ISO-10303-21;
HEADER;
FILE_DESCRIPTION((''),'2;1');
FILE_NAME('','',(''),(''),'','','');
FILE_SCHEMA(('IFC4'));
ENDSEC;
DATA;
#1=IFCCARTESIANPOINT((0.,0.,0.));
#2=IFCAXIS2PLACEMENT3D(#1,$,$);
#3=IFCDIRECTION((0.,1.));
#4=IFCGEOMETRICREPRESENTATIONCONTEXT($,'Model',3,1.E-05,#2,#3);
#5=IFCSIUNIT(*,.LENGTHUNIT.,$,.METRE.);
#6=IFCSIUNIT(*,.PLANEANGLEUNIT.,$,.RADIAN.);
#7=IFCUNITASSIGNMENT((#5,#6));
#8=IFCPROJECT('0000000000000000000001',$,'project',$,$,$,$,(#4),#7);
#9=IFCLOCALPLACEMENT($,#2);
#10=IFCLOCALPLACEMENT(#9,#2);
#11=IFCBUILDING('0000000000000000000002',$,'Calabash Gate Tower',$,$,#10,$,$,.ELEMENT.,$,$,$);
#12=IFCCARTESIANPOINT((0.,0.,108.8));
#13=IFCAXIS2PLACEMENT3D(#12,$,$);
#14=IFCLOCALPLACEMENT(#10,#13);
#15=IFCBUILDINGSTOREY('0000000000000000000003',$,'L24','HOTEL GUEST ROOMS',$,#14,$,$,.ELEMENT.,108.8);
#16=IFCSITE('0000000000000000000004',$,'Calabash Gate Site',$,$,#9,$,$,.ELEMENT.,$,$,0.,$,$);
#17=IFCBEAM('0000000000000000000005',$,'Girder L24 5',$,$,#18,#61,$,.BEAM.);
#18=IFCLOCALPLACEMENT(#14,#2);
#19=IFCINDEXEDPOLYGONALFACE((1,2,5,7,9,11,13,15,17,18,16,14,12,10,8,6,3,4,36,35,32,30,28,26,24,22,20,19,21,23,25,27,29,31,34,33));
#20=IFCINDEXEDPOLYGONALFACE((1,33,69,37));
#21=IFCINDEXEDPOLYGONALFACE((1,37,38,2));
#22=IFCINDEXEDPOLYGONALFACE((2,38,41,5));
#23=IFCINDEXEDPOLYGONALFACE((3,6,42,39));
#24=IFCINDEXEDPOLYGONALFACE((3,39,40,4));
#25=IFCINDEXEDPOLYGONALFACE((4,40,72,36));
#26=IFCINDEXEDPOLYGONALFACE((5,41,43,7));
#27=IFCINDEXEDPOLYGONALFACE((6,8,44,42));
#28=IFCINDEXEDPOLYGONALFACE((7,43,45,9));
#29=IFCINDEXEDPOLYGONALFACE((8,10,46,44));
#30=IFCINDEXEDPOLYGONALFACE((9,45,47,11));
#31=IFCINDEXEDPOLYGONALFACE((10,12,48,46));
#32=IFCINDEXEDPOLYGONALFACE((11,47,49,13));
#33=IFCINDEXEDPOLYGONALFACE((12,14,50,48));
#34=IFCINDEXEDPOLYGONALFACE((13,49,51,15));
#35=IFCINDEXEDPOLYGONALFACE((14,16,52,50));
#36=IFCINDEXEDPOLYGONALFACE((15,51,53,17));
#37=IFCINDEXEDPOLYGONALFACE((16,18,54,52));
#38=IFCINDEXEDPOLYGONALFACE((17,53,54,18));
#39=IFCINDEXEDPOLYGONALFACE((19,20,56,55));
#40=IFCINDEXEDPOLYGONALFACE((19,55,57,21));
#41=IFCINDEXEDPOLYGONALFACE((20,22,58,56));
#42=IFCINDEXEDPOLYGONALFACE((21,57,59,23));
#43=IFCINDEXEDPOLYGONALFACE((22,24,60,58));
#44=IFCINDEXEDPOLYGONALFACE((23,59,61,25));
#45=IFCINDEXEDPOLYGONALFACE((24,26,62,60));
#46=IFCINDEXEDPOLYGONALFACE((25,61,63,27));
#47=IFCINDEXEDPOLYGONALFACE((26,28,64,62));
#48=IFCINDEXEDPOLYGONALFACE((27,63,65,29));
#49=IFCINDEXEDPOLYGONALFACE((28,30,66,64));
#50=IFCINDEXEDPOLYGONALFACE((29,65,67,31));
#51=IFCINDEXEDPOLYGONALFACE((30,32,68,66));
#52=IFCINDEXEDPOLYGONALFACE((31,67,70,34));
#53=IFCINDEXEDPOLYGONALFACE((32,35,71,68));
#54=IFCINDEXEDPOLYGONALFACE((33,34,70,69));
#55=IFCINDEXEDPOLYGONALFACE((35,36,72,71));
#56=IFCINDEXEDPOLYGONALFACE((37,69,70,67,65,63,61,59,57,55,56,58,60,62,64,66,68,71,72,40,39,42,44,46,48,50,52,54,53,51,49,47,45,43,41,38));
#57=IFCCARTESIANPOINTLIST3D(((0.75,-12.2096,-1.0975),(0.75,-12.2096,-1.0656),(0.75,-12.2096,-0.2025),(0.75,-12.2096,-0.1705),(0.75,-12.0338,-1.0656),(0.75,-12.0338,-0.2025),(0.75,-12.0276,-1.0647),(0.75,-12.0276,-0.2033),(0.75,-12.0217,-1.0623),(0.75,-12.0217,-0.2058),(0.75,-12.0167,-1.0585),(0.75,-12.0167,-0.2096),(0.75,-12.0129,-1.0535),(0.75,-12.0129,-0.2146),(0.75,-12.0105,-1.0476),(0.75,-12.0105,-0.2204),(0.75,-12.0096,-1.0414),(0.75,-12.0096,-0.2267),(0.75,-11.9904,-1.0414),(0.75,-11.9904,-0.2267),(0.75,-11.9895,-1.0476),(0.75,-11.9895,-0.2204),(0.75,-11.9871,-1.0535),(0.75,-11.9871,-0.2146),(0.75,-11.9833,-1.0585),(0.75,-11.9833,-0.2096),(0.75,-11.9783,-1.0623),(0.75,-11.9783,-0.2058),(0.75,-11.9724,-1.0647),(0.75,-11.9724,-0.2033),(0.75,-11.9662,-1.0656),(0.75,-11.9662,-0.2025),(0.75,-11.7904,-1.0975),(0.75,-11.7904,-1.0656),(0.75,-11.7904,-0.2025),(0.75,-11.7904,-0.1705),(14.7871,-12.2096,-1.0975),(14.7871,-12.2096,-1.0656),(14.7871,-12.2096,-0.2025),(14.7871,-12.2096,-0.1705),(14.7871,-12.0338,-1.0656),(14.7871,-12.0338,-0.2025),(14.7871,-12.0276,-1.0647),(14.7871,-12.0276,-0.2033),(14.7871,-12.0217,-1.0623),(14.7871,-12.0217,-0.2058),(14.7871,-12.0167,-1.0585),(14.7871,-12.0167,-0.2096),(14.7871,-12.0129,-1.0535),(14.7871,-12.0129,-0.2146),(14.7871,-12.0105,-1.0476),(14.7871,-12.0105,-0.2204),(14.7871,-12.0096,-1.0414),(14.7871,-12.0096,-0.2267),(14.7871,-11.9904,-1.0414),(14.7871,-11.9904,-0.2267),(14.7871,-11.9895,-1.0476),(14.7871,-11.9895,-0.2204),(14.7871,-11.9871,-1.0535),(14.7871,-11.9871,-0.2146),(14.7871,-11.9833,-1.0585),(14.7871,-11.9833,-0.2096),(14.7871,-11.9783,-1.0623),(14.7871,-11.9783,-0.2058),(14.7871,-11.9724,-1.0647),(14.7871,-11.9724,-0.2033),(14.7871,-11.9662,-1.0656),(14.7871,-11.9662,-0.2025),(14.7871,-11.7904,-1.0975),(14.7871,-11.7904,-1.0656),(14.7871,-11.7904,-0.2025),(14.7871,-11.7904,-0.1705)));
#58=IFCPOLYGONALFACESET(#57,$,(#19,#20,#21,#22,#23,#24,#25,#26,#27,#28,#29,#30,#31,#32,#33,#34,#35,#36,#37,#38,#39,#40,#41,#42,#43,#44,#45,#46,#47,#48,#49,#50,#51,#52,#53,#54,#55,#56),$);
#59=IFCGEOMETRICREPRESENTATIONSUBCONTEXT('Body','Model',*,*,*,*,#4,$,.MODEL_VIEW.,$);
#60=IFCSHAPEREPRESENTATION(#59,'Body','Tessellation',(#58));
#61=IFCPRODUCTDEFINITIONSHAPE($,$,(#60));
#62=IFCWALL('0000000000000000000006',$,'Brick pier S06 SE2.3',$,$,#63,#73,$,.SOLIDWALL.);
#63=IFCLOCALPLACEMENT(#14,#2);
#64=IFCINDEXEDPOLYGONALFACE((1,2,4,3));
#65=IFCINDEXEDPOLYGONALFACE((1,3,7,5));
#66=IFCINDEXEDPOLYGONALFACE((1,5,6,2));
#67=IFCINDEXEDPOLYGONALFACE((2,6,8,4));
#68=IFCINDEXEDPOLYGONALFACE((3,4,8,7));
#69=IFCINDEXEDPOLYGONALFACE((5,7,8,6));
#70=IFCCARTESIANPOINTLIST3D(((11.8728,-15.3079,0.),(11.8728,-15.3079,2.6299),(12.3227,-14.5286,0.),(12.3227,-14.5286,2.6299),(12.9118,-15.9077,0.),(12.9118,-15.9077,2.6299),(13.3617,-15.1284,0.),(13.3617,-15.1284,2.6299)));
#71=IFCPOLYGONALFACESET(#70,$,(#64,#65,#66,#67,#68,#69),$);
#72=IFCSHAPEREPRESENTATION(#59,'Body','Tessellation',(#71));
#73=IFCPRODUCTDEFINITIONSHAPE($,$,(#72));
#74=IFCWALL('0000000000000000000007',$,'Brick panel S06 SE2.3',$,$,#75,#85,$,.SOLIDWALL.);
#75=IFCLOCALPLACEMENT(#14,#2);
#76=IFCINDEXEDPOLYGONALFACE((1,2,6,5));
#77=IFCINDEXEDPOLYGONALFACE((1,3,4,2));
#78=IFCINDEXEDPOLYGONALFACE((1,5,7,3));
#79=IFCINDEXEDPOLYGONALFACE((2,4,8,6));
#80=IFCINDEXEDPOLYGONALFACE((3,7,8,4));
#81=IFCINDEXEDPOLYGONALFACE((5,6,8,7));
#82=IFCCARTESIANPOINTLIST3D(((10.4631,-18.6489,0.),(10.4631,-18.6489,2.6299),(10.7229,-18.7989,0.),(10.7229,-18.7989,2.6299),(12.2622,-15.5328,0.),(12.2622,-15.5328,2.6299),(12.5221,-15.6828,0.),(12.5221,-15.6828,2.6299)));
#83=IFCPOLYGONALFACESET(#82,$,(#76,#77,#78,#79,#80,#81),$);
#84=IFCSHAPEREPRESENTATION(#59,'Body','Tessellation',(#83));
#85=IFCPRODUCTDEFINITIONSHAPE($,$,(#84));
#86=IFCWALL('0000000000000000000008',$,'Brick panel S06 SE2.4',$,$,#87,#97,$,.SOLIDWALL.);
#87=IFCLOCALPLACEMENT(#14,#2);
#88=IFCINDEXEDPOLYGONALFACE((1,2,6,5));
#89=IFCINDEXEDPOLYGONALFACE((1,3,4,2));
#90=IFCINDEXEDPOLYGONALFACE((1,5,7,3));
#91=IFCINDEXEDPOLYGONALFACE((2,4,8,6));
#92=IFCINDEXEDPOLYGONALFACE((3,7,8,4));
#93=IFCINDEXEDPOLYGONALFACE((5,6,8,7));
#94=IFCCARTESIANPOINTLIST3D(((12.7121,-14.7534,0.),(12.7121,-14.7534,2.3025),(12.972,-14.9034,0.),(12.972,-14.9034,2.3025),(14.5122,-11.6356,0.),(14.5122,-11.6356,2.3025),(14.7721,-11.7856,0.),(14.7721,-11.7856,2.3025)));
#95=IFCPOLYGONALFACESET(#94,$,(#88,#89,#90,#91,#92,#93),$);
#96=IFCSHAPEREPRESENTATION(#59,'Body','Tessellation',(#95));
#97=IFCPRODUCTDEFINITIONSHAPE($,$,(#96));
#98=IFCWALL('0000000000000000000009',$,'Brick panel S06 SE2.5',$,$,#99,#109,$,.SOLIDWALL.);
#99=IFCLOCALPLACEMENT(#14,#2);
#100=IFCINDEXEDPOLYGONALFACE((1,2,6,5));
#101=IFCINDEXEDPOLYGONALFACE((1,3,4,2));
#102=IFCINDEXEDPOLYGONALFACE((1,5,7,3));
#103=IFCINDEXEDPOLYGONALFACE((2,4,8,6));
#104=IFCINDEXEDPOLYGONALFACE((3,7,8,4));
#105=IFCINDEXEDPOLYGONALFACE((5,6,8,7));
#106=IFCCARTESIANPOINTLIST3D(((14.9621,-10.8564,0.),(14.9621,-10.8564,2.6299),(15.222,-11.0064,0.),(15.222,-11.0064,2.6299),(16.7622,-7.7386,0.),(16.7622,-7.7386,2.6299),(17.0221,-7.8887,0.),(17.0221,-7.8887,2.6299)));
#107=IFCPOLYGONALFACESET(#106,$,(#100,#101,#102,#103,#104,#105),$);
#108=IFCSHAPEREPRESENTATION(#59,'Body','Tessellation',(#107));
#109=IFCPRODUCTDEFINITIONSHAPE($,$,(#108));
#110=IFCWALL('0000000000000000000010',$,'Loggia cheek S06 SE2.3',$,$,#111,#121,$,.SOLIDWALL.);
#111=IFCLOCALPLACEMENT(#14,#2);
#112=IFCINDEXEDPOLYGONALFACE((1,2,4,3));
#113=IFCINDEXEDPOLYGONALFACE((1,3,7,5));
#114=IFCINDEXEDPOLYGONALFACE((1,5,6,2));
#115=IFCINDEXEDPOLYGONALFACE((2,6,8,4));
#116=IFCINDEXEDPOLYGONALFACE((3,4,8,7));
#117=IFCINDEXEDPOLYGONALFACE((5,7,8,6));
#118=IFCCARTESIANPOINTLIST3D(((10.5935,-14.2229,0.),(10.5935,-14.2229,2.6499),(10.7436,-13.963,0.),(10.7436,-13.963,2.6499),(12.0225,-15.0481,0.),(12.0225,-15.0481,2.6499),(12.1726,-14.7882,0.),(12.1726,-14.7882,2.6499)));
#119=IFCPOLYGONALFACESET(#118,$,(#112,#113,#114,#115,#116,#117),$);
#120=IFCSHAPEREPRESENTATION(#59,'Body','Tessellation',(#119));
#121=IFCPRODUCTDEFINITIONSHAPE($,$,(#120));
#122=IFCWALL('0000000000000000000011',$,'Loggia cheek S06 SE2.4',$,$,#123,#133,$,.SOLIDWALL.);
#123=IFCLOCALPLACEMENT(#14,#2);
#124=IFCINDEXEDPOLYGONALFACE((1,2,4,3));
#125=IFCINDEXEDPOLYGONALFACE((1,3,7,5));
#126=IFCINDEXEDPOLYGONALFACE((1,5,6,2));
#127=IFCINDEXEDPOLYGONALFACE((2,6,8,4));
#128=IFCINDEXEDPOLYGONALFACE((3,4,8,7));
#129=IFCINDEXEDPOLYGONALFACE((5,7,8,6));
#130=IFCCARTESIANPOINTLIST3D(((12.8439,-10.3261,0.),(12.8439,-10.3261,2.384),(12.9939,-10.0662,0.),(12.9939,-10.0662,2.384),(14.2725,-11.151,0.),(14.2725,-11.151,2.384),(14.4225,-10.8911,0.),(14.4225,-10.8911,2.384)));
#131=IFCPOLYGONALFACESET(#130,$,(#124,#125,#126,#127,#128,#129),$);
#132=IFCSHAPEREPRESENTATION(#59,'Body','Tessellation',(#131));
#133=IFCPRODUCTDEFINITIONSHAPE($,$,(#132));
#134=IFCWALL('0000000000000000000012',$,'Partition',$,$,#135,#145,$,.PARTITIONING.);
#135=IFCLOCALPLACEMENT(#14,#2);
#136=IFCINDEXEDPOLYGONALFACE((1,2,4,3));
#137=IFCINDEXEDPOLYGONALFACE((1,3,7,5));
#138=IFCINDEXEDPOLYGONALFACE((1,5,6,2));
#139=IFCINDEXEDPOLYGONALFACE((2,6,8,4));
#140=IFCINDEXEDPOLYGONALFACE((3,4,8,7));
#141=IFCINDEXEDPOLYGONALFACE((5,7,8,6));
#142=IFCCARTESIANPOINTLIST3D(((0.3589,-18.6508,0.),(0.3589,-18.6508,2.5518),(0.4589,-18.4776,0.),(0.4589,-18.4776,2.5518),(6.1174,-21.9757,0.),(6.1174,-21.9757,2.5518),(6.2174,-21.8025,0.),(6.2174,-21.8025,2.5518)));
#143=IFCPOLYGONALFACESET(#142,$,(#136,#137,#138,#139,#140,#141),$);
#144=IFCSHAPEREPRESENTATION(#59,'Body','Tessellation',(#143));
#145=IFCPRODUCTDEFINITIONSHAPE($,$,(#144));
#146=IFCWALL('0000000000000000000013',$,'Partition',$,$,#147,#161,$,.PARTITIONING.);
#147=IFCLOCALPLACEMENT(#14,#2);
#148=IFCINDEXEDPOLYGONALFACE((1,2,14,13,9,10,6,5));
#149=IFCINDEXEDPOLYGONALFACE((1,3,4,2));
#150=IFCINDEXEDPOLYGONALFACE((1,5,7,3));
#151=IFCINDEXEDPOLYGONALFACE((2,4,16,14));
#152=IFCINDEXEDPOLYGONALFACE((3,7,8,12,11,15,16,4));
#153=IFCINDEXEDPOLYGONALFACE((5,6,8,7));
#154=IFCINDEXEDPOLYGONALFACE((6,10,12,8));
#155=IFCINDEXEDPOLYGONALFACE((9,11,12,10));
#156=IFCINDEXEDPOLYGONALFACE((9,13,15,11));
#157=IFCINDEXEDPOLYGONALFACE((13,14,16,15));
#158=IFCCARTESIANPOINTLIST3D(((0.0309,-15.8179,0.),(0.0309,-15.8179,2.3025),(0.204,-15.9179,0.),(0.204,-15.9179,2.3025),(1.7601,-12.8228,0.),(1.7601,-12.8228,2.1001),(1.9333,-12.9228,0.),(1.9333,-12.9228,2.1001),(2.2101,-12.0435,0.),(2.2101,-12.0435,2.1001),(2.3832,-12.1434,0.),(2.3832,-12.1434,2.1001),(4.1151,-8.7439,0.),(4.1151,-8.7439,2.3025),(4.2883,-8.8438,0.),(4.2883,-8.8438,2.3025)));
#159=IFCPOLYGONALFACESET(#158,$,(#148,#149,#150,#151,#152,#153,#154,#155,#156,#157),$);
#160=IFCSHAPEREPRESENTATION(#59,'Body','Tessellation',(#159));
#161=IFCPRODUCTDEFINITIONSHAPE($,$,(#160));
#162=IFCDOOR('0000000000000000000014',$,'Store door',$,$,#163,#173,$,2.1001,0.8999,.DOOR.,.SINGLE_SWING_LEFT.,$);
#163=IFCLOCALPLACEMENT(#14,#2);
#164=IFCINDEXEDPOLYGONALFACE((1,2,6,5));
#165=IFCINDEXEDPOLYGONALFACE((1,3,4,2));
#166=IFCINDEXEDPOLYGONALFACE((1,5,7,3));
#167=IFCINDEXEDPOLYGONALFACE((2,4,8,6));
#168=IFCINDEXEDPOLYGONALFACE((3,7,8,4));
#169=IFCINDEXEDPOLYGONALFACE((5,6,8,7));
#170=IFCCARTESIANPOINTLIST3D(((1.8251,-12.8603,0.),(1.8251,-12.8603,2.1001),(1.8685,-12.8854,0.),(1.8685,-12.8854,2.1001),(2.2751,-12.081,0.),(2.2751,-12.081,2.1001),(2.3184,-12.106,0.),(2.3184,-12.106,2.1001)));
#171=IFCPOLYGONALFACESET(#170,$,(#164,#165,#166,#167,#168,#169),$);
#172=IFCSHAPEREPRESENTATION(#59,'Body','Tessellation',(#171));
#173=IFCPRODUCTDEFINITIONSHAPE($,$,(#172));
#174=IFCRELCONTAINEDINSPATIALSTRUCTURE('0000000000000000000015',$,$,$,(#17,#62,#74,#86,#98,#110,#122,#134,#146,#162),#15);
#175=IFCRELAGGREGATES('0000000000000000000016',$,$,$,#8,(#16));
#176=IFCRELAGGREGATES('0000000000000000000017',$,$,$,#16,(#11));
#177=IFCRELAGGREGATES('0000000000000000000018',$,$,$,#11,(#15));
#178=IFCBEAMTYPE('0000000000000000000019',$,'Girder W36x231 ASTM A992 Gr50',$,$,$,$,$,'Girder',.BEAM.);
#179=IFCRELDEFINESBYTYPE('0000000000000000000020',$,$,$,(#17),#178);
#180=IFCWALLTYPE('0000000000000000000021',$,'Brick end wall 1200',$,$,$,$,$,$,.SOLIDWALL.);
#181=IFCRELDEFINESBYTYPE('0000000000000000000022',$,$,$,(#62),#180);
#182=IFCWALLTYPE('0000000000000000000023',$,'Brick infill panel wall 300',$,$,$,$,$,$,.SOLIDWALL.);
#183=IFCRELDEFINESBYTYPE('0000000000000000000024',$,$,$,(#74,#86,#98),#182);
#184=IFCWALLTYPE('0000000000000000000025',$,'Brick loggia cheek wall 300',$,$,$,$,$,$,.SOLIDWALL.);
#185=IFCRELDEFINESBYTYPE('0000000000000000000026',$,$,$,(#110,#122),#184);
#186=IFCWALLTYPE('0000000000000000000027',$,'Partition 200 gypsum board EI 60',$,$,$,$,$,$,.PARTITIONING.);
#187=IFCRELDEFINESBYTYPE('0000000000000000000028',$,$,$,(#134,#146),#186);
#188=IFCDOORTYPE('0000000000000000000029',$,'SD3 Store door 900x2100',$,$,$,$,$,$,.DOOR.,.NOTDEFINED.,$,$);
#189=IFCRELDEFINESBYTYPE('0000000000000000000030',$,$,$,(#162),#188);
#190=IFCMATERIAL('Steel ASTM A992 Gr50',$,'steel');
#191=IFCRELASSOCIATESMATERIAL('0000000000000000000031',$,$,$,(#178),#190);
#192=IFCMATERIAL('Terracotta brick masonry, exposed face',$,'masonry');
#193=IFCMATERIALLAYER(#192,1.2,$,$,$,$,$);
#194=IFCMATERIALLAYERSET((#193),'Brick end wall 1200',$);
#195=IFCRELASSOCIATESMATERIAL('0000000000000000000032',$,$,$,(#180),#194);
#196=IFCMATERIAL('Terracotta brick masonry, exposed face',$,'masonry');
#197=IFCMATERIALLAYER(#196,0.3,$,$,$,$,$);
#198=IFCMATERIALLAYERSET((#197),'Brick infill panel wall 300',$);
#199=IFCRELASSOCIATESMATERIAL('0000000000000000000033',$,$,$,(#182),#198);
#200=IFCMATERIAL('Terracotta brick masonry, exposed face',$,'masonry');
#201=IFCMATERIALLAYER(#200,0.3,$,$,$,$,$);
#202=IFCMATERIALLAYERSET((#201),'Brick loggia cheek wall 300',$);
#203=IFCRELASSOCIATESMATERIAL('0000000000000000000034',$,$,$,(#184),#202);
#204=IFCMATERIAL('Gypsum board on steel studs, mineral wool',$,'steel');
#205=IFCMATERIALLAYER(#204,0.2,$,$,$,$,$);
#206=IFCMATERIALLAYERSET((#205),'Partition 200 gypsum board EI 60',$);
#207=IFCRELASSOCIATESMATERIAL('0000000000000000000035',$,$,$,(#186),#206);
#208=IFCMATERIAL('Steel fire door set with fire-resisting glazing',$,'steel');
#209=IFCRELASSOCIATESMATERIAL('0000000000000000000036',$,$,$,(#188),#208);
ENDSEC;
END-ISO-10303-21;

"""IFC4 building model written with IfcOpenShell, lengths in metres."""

from ifc_helpers import new_model, si_unit, direction, frame, frame_2d, origin, origin_2d, place, context, subcontext, project, spatial, rectangle, i_section, extrude, material, layer, layer_set, material_profile, profile_set, type_object, element, fill, save


model = new_model("IFC4")

# Units and contexts
model_context = context("Model", 3, precision=1e-05, world=origin(), true_north=direction((0.0, 1.0)))
body_context = subcontext(model_context, "Body", "Model", "MODEL_VIEW")
ifc_project = project(units=[si_unit("LENGTHUNIT", "METRE"), si_unit("PLANEANGLEUNIT", "RADIAN")], contexts=[model_context])

# Site, building, storey
site_placement = place(None, origin())
site = spatial("IfcSite", under=ifc_project, at=site_placement, Name="Calabash Gate Site", CompositionType="ELEMENT", RefElevation=0.0)
building_placement = place(site_placement, origin())
building = spatial("IfcBuilding", under=site, at=building_placement, Name="Calabash Gate Tower", CompositionType="ELEMENT")
storey_placement = place(building_placement, frame((0.0, 0.0, 108.8)))
storey = spatial("IfcBuildingStorey", under=building, at=storey_placement, Name="L24", Description="HOTEL GUEST ROOMS", CompositionType="ELEMENT", Elevation=108.8)

# Beam
ifc_material_1 = material(Name="Steel ASTM A992 Gr50", Category="steel")
ifc_material_profile_1 = material_profile(ifc_material_1, i_section(OverallWidth=0.4192, OverallDepth=0.927, WebThickness=0.0193, FlangeThickness=0.032, FilletRadius=0.0242, at=origin_2d()))
ifc_profile_set_1 = profile_set([ifc_material_profile_1], Name="Steel ASTM A992 Gr50")
beam_type_1 = type_object("IfcBeamType", Name="Girder W36x231 ASTM A992 Gr50", ElementType="Girder", PredefinedType="BEAM", material=ifc_profile_set_1)
beam_1_placement = place(storey_placement, frame((0.75, -12.0, -0.634), z_axis=(1.0, 0.0, 0.0), x_axis=(0.0, 1.0, 0.0)))
element("IfcBeam", 1, at=beam_1_placement, inside=storey, type_object=beam_type_1, Name="Girder L24 5", PredefinedType="BEAM", context=body_context, shape_type="SweptSolid", body=[
    extrude(i_section(OverallWidth=0.4192, OverallDepth=0.927, WebThickness=0.0193, FlangeThickness=0.032, FilletRadius=0.0242, at=origin_2d()), origin(), (0.0, 0.0, 1.0), 14.0371),
])

# Walls
ifc_material_2 = material(Name="Terracotta brick masonry, exposed face", Category="masonry")
ifc_layer_1 = layer(ifc_material_2, 1.2)
ifc_layer_set_1 = layer_set([ifc_layer_1], Name="Brick end wall 1200")
wall_type_1 = type_object("IfcWallType", Name="Brick end wall 1200", PredefinedType="SOLIDWALL", material=ifc_layer_set_1)
wall_1_placement = place(storey_placement, frame((13.1367, -15.5181, 0.0), z_axis=(0.0, 0.0, 1.0), x_axis=(-0.866043, 0.499969, 0.0)))
element("IfcWall", 2, at=wall_1_placement, inside=storey, type_object=wall_type_1, Name="Brick pier S06 SE2.3", PredefinedType="SOLIDWALL", context=body_context, shape_type="SweptSolid", body=[
    extrude(rectangle(XDim=1.1997, YDim=0.8999, at=frame_2d((0.5999, 0.0))), origin(), (0.0, 0.0, 1.0), 2.6299),
])
ifc_material_3 = material(Name="Terracotta brick masonry, exposed face", Category="masonry")
ifc_layer_2 = layer(ifc_material_3, 0.3)
ifc_layer_set_2 = layer_set([ifc_layer_2], Name="Brick infill panel wall 300")
wall_type_2 = type_object("IfcWallType", Name="Brick infill panel wall 300", PredefinedType="SOLIDWALL", material=ifc_layer_set_2)
wall_2_placement = place(storey_placement, frame((10.593, -18.7239, 0.0), z_axis=(0.0, 0.0, 1.0), x_axis=(0.500014, 0.866017, 0.0)))
element("IfcWall", 3, at=wall_2_placement, inside=storey, type_object=wall_type_2, Name="Brick panel S06 SE2.3", PredefinedType="SOLIDWALL", context=body_context, shape_type="SweptSolid", body=[
    extrude(rectangle(XDim=3.5981, YDim=0.3, at=frame_2d((1.7991, 0.0))), origin(), (0.0, 0.0, 1.0), 2.6299),
])
wall_3_placement = place(storey_placement, frame((12.842, -14.8284, 0.0), z_axis=(0.0, 0.0, 1.0), x_axis=(0.500012, 0.866018, 0.0)))
element("IfcWall", 4, at=wall_3_placement, inside=storey, type_object=wall_type_2, Name="Brick panel S06 SE2.4", PredefinedType="SOLIDWALL", context=body_context, shape_type="SweptSolid", body=[
    extrude(rectangle(XDim=3.6001, YDim=0.3, at=frame_2d((1.8, 0.0))), origin(), (0.0, 0.0, 1.0), 2.3025),
])
wall_4_placement = place(storey_placement, frame((15.092, -10.9314, 0.0), z_axis=(0.0, 0.0, 1.0), x_axis=(0.500012, 0.866018, 0.0)))
element("IfcWall", 5, at=wall_4_placement, inside=storey, type_object=wall_type_2, Name="Brick panel S06 SE2.5", PredefinedType="SOLIDWALL", context=body_context, shape_type="SweptSolid", body=[
    extrude(rectangle(XDim=3.6001, YDim=0.3, at=frame_2d((1.8, 0.0))), origin(), (0.0, 0.0, 1.0), 2.6299),
])
ifc_material_4 = material(Name="Terracotta brick masonry, exposed face", Category="masonry")
ifc_layer_3 = layer(ifc_material_4, 0.3)
ifc_layer_set_3 = layer_set([ifc_layer_3], Name="Brick loggia cheek wall 300")
wall_type_3 = type_object("IfcWallType", Name="Brick loggia cheek wall 300", PredefinedType="SOLIDWALL", material=ifc_layer_set_3)
wall_5_placement = place(storey_placement, frame((12.0977, -14.9182, 0.0), z_axis=(0.0, 0.0, 1.0), x_axis=(-0.865976, 0.500085, 0.0)))
element("IfcWall", 6, at=wall_5_placement, inside=storey, type_object=wall_type_3, Name="Loggia cheek S06 SE2.3", PredefinedType="SOLIDWALL", context=body_context, shape_type="SweptSolid", body=[
    extrude(rectangle(XDim=1.6501, YDim=0.3, at=frame_2d((0.8252, 0.0))), origin(), (0.0, 0.0, 1.0), 2.6499),
])
wall_6_placement = place(storey_placement, frame((14.3474, -11.021, 0.0), z_axis=(0.0, 0.0, 1.0), x_axis=(-0.866003, 0.500038, 0.0)))
element("IfcWall", 7, at=wall_6_placement, inside=storey, type_object=wall_type_3, Name="Loggia cheek S06 SE2.4", PredefinedType="SOLIDWALL", context=body_context, shape_type="SweptSolid", body=[
    extrude(rectangle(XDim=1.6497, YDim=0.3, at=frame_2d((0.8247, 0.0))), origin(), (0.0, 0.0, 1.0), 2.384),
])
ifc_material_5 = material(Name="Gypsum board on steel studs, mineral wool", Category="steel")
ifc_layer_4 = layer(ifc_material_5, 0.2)
ifc_layer_set_4 = layer_set([ifc_layer_4], Name="Partition 200 gypsum board EI 60")
wall_type_4 = type_object("IfcWallType", Name="Partition 200 gypsum board EI 60", PredefinedType="PARTITIONING", material=ifc_layer_set_4)
wall_7_placement = place(storey_placement, frame((0.4089, -18.5642, 0.0), z_axis=(0.0, 0.0, 1.0), x_axis=(0.866009, -0.500029, 0.0)))
element("IfcWall", 8, at=wall_7_placement, inside=storey, type_object=wall_type_4, Name="Partition", PredefinedType="PARTITIONING", context=body_context, shape_type="SweptSolid", body=[
    extrude(rectangle(XDim=6.6494, YDim=0.2, at=frame_2d((3.3247, 0.0))), origin(), (0.0, 0.0, 1.0), 2.5518),
])

# Wall, opening, door
wall_8_placement = place(storey_placement, frame((0.1174, -15.8679, 0.0), z_axis=(0.0, 0.0, 1.0), x_axis=(0.500006, 0.866022, 0.0)))
wall_8 = element("IfcWall", 9, at=wall_8_placement, inside=storey, type_object=wall_type_4, Name="Partition", PredefinedType="PARTITIONING", context=body_context, shape_type="SweptSolid", body=[
    extrude(rectangle(XDim=8.1685, YDim=0.2, at=frame_2d((4.0842, 0.0))), origin(), (0.0, 0.0, 1.0), 2.3025),
])
opening_1_placement = place(wall_8_placement, frame((3.4585, 0.0, 0.0)))
opening_1 = element("IfcOpeningElement", 10, at=opening_1_placement, cuts=wall_8, PredefinedType="OPENING", context=body_context, shape_type="SweptSolid", body=[
    extrude(rectangle(XDim=0.8999, YDim=2.1001, at=frame_2d((0.45, 1.05))), frame((0.0, 0.1099, 0.0), z_axis=(0.0, -1.0, 0.0), x_axis=(1.0, 0.0, 0.0)), (0.0, 0.0, 1.0), 0.22),
])
ifc_material_6 = material(Name="Steel fire door set with fire-resisting glazing", Category="steel")
door_type_1 = type_object("IfcDoorType", Name="SD3 Store door 900x2100", OperationType="NOTDEFINED", PredefinedType="DOOR", material=ifc_material_6)
door_1_placement = place(opening_1_placement, origin())
door_1 = element("IfcDoor", 11, at=door_1_placement, inside=storey, type_object=door_type_1, Name="Store door", OperationType="SINGLE_SWING_LEFT", OverallHeight=2.1001, OverallWidth=0.8999, PredefinedType="DOOR", context=body_context, shape_type="SweptSolid", body=[
    extrude(rectangle(XDim=0.8999, YDim=2.1001, at=frame_2d((0.45, 1.05))), frame((0.0, 0.0249, 0.0), z_axis=(0.0, -1.0, 0.0), x_axis=(1.0, 0.0, 0.0)), (0.0, 0.0, 1.0), 0.05),
])
fill(opening_1, door_1)

save(model, "model.ifc")
